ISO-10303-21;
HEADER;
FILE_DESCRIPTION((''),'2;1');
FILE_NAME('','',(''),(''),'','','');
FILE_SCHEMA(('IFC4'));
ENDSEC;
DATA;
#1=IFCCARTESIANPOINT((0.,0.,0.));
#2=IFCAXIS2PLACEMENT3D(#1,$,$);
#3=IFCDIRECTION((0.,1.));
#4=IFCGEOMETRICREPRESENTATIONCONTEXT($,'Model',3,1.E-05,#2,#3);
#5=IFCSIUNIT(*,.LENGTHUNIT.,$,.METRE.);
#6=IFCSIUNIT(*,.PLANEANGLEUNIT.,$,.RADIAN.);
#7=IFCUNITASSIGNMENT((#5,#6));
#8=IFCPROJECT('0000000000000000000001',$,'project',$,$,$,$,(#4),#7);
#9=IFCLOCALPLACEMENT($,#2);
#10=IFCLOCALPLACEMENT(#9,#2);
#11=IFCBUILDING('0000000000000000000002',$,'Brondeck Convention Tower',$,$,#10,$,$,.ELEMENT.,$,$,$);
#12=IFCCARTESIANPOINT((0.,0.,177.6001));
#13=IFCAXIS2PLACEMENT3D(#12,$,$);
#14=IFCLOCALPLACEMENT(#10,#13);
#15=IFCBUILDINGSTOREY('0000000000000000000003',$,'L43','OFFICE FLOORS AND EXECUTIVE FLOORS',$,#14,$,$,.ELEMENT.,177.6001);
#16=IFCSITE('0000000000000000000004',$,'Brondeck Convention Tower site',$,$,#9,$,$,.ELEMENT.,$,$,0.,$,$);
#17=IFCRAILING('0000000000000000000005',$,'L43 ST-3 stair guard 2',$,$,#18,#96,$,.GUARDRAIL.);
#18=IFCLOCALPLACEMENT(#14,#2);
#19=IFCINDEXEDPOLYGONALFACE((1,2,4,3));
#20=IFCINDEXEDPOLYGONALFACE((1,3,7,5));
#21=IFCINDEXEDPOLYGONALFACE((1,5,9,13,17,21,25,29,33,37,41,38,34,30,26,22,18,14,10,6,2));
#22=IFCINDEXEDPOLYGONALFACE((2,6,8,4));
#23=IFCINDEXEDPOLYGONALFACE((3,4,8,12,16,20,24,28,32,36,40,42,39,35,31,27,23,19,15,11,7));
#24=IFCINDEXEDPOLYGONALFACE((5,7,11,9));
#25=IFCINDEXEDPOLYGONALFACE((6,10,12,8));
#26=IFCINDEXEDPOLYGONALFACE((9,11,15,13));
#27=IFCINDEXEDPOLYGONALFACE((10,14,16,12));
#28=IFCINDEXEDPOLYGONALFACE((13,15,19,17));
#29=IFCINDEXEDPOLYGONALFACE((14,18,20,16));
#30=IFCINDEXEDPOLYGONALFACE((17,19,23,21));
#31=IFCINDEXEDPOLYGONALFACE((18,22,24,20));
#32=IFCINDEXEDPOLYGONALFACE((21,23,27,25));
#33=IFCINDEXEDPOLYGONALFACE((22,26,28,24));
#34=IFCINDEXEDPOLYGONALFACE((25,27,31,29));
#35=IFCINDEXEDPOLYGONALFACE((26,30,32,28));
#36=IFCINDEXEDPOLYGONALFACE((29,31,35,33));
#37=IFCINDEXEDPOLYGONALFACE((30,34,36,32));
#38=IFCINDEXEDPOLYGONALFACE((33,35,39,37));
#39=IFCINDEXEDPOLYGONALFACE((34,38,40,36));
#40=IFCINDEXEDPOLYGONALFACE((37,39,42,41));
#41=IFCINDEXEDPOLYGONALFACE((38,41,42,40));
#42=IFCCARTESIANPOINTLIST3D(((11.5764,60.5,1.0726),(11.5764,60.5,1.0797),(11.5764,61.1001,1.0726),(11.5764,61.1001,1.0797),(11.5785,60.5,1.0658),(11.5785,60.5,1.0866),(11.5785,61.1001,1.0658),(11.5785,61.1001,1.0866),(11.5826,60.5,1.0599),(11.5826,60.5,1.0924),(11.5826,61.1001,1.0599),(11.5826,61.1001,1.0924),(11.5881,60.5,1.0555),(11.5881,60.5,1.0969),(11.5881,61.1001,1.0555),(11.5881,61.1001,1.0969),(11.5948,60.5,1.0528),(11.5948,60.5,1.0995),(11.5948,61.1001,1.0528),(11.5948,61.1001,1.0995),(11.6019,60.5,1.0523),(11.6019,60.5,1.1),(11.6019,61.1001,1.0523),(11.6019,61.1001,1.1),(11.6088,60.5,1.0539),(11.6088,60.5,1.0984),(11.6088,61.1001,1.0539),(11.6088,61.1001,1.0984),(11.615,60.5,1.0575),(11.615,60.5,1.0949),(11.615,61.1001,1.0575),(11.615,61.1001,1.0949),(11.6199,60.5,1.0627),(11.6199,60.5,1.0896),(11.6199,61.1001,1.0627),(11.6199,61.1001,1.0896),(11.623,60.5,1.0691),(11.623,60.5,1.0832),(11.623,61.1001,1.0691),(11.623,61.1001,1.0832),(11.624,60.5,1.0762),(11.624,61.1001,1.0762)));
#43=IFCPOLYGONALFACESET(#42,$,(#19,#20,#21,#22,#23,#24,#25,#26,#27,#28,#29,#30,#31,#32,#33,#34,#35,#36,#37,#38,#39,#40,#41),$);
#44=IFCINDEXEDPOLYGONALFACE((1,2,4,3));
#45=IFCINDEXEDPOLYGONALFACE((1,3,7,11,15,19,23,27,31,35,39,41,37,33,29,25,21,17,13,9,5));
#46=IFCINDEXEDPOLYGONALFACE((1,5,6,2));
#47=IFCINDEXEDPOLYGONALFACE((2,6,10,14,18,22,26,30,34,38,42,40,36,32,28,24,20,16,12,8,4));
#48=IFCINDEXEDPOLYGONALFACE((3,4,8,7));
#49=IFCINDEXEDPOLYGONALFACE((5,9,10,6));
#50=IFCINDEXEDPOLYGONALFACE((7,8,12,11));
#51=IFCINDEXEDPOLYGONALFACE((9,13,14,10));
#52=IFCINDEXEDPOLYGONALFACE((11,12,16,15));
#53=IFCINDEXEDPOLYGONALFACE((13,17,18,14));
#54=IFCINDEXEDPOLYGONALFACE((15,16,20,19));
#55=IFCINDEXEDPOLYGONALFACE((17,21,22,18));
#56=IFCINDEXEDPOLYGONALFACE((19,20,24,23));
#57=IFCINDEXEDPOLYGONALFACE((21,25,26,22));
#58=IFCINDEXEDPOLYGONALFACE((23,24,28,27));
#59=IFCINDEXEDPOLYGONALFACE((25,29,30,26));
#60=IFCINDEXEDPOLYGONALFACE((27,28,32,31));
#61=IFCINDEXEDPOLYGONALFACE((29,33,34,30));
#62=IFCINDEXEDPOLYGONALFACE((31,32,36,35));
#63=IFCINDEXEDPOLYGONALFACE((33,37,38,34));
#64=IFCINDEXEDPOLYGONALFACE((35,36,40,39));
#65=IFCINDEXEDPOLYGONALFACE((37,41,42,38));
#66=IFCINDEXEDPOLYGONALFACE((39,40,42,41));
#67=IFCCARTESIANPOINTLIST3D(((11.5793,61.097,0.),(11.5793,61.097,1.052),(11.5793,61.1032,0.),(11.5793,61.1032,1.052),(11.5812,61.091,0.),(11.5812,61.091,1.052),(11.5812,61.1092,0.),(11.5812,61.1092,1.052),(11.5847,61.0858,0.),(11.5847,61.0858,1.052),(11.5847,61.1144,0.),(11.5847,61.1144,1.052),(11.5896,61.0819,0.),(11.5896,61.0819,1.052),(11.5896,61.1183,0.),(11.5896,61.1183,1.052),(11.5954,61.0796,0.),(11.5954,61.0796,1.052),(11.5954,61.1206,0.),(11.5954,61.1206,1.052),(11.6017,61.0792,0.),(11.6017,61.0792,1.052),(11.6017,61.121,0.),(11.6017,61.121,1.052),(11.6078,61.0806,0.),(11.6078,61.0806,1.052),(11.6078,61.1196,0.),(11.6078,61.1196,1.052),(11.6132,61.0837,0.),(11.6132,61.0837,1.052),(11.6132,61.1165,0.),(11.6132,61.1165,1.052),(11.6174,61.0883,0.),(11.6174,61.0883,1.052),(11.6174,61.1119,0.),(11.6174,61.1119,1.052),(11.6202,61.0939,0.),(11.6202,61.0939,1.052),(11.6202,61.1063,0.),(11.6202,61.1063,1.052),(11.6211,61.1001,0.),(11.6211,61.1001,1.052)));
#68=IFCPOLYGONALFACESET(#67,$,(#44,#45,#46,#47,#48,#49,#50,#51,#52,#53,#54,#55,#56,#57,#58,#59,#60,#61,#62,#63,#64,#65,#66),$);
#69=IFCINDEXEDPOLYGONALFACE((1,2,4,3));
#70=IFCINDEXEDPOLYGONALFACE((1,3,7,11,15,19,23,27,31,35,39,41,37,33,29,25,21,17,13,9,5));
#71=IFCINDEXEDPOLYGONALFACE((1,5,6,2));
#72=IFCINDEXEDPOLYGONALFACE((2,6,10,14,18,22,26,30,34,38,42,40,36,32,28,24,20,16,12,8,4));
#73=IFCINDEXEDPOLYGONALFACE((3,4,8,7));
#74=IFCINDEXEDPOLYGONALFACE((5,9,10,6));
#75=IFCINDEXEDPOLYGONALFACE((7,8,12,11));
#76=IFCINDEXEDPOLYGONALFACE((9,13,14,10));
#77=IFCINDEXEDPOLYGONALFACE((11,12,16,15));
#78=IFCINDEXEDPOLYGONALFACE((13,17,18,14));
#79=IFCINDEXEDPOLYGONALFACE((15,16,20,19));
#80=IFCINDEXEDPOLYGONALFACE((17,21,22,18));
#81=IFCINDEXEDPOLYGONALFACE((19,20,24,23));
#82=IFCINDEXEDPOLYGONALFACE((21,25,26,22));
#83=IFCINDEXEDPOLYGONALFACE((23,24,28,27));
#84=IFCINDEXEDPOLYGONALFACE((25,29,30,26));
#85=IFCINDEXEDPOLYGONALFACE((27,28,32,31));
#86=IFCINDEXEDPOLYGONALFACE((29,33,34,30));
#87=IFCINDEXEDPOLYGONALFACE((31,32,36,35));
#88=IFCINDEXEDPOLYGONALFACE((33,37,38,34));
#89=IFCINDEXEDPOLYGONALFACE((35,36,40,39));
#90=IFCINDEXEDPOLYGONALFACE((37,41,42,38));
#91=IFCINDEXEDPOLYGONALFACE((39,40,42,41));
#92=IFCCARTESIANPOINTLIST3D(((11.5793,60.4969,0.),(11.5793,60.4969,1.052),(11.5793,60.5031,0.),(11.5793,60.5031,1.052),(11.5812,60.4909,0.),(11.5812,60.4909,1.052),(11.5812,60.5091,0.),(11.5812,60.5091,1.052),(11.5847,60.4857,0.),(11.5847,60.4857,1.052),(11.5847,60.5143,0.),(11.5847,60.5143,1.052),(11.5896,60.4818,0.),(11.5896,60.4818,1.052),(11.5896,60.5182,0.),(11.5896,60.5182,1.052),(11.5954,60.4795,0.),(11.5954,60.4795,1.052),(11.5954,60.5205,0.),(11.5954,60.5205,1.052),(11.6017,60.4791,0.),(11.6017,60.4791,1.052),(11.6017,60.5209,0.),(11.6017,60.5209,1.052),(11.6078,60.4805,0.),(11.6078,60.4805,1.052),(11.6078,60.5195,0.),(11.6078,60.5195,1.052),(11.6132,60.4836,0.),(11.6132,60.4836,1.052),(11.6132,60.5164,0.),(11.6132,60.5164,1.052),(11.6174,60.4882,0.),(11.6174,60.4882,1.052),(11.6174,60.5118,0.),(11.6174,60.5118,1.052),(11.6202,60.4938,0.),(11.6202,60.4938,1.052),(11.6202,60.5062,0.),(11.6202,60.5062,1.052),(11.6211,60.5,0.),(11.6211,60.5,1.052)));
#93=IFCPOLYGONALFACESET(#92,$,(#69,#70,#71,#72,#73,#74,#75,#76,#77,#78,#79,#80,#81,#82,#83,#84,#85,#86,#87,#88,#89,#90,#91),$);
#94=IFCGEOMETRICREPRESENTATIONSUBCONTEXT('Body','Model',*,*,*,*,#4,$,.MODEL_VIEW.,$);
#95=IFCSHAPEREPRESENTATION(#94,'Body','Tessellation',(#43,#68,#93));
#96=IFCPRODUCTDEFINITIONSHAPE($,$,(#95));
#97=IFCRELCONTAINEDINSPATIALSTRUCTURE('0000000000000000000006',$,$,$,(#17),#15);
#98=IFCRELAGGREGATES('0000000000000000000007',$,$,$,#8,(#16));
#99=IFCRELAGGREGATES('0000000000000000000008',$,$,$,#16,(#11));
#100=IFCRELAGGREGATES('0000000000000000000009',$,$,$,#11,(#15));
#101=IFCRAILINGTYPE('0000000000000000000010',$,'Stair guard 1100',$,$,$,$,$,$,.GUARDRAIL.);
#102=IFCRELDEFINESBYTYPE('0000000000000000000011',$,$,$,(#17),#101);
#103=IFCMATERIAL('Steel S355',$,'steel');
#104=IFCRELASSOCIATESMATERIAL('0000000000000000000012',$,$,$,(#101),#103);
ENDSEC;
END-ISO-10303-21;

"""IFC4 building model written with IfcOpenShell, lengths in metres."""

from ifc_helpers import new_model, si_unit, direction, frame, origin, origin_2d, place, context, subcontext, project, spatial, circle, extrude, material, type_object, element, save


model = new_model("IFC4")

# Units and contexts
model_context = context("Model", 3, precision=1e-05, world=origin(), true_north=direction((0.0, 1.0)))
body_context = subcontext(model_context, "Body", "Model", "MODEL_VIEW")
ifc_project = project(units=[si_unit("LENGTHUNIT", "METRE"), si_unit("PLANEANGLEUNIT", "RADIAN")], contexts=[model_context])

# Site, building, storey
site_placement = place(None, origin())
site = spatial("IfcSite", under=ifc_project, at=site_placement, Name="Brondeck Convention Tower site", CompositionType="ELEMENT", RefElevation=0.0)
building_placement = place(site_placement, origin())
building = spatial("IfcBuilding", under=site, at=building_placement, Name="Brondeck Convention Tower", CompositionType="ELEMENT")
storey_placement = place(building_placement, frame((0.0, 0.0, 177.6001)))
storey = spatial("IfcBuildingStorey", under=building, at=storey_placement, Name="L43", Description="OFFICE FLOORS AND EXECUTIVE FLOORS", CompositionType="ELEMENT", Elevation=177.6001)

# Railing
ifc_material_1 = material(Name="Steel S355", Category="steel")
railing_type_1 = type_object("IfcRailingType", Name="Stair guard 1100", PredefinedType="GUARDRAIL", material=ifc_material_1)
railing_1_placement = place(storey_placement, frame((11.6001, 61.1001, 0.0)))
element("IfcRailing", 1, at=railing_1_placement, inside=storey, type_object=railing_type_1, Name="L43 ST-3 stair guard 2", PredefinedType="GUARDRAIL", context=body_context, shape_type="SweptSolid", body=[
    extrude(circle(Radius=0.0239, at=origin_2d()), frame((0.0, 0.0, 1.0762), z_axis=(0.0, -1.0, 0.0), x_axis=(1.0, 0.0, 0.0)), (0.0, 0.0, 1.0), 0.6001),
    extrude(circle(Radius=0.021, at=origin_2d()), origin(), (0.0, 0.0, 1.0), 1.052),
    extrude(circle(Radius=0.021, at=origin_2d()), frame((0.0, -0.6001, 0.0)), (0.0, 0.0, 1.0), 1.052),
])

save(model, "model.ifc")
